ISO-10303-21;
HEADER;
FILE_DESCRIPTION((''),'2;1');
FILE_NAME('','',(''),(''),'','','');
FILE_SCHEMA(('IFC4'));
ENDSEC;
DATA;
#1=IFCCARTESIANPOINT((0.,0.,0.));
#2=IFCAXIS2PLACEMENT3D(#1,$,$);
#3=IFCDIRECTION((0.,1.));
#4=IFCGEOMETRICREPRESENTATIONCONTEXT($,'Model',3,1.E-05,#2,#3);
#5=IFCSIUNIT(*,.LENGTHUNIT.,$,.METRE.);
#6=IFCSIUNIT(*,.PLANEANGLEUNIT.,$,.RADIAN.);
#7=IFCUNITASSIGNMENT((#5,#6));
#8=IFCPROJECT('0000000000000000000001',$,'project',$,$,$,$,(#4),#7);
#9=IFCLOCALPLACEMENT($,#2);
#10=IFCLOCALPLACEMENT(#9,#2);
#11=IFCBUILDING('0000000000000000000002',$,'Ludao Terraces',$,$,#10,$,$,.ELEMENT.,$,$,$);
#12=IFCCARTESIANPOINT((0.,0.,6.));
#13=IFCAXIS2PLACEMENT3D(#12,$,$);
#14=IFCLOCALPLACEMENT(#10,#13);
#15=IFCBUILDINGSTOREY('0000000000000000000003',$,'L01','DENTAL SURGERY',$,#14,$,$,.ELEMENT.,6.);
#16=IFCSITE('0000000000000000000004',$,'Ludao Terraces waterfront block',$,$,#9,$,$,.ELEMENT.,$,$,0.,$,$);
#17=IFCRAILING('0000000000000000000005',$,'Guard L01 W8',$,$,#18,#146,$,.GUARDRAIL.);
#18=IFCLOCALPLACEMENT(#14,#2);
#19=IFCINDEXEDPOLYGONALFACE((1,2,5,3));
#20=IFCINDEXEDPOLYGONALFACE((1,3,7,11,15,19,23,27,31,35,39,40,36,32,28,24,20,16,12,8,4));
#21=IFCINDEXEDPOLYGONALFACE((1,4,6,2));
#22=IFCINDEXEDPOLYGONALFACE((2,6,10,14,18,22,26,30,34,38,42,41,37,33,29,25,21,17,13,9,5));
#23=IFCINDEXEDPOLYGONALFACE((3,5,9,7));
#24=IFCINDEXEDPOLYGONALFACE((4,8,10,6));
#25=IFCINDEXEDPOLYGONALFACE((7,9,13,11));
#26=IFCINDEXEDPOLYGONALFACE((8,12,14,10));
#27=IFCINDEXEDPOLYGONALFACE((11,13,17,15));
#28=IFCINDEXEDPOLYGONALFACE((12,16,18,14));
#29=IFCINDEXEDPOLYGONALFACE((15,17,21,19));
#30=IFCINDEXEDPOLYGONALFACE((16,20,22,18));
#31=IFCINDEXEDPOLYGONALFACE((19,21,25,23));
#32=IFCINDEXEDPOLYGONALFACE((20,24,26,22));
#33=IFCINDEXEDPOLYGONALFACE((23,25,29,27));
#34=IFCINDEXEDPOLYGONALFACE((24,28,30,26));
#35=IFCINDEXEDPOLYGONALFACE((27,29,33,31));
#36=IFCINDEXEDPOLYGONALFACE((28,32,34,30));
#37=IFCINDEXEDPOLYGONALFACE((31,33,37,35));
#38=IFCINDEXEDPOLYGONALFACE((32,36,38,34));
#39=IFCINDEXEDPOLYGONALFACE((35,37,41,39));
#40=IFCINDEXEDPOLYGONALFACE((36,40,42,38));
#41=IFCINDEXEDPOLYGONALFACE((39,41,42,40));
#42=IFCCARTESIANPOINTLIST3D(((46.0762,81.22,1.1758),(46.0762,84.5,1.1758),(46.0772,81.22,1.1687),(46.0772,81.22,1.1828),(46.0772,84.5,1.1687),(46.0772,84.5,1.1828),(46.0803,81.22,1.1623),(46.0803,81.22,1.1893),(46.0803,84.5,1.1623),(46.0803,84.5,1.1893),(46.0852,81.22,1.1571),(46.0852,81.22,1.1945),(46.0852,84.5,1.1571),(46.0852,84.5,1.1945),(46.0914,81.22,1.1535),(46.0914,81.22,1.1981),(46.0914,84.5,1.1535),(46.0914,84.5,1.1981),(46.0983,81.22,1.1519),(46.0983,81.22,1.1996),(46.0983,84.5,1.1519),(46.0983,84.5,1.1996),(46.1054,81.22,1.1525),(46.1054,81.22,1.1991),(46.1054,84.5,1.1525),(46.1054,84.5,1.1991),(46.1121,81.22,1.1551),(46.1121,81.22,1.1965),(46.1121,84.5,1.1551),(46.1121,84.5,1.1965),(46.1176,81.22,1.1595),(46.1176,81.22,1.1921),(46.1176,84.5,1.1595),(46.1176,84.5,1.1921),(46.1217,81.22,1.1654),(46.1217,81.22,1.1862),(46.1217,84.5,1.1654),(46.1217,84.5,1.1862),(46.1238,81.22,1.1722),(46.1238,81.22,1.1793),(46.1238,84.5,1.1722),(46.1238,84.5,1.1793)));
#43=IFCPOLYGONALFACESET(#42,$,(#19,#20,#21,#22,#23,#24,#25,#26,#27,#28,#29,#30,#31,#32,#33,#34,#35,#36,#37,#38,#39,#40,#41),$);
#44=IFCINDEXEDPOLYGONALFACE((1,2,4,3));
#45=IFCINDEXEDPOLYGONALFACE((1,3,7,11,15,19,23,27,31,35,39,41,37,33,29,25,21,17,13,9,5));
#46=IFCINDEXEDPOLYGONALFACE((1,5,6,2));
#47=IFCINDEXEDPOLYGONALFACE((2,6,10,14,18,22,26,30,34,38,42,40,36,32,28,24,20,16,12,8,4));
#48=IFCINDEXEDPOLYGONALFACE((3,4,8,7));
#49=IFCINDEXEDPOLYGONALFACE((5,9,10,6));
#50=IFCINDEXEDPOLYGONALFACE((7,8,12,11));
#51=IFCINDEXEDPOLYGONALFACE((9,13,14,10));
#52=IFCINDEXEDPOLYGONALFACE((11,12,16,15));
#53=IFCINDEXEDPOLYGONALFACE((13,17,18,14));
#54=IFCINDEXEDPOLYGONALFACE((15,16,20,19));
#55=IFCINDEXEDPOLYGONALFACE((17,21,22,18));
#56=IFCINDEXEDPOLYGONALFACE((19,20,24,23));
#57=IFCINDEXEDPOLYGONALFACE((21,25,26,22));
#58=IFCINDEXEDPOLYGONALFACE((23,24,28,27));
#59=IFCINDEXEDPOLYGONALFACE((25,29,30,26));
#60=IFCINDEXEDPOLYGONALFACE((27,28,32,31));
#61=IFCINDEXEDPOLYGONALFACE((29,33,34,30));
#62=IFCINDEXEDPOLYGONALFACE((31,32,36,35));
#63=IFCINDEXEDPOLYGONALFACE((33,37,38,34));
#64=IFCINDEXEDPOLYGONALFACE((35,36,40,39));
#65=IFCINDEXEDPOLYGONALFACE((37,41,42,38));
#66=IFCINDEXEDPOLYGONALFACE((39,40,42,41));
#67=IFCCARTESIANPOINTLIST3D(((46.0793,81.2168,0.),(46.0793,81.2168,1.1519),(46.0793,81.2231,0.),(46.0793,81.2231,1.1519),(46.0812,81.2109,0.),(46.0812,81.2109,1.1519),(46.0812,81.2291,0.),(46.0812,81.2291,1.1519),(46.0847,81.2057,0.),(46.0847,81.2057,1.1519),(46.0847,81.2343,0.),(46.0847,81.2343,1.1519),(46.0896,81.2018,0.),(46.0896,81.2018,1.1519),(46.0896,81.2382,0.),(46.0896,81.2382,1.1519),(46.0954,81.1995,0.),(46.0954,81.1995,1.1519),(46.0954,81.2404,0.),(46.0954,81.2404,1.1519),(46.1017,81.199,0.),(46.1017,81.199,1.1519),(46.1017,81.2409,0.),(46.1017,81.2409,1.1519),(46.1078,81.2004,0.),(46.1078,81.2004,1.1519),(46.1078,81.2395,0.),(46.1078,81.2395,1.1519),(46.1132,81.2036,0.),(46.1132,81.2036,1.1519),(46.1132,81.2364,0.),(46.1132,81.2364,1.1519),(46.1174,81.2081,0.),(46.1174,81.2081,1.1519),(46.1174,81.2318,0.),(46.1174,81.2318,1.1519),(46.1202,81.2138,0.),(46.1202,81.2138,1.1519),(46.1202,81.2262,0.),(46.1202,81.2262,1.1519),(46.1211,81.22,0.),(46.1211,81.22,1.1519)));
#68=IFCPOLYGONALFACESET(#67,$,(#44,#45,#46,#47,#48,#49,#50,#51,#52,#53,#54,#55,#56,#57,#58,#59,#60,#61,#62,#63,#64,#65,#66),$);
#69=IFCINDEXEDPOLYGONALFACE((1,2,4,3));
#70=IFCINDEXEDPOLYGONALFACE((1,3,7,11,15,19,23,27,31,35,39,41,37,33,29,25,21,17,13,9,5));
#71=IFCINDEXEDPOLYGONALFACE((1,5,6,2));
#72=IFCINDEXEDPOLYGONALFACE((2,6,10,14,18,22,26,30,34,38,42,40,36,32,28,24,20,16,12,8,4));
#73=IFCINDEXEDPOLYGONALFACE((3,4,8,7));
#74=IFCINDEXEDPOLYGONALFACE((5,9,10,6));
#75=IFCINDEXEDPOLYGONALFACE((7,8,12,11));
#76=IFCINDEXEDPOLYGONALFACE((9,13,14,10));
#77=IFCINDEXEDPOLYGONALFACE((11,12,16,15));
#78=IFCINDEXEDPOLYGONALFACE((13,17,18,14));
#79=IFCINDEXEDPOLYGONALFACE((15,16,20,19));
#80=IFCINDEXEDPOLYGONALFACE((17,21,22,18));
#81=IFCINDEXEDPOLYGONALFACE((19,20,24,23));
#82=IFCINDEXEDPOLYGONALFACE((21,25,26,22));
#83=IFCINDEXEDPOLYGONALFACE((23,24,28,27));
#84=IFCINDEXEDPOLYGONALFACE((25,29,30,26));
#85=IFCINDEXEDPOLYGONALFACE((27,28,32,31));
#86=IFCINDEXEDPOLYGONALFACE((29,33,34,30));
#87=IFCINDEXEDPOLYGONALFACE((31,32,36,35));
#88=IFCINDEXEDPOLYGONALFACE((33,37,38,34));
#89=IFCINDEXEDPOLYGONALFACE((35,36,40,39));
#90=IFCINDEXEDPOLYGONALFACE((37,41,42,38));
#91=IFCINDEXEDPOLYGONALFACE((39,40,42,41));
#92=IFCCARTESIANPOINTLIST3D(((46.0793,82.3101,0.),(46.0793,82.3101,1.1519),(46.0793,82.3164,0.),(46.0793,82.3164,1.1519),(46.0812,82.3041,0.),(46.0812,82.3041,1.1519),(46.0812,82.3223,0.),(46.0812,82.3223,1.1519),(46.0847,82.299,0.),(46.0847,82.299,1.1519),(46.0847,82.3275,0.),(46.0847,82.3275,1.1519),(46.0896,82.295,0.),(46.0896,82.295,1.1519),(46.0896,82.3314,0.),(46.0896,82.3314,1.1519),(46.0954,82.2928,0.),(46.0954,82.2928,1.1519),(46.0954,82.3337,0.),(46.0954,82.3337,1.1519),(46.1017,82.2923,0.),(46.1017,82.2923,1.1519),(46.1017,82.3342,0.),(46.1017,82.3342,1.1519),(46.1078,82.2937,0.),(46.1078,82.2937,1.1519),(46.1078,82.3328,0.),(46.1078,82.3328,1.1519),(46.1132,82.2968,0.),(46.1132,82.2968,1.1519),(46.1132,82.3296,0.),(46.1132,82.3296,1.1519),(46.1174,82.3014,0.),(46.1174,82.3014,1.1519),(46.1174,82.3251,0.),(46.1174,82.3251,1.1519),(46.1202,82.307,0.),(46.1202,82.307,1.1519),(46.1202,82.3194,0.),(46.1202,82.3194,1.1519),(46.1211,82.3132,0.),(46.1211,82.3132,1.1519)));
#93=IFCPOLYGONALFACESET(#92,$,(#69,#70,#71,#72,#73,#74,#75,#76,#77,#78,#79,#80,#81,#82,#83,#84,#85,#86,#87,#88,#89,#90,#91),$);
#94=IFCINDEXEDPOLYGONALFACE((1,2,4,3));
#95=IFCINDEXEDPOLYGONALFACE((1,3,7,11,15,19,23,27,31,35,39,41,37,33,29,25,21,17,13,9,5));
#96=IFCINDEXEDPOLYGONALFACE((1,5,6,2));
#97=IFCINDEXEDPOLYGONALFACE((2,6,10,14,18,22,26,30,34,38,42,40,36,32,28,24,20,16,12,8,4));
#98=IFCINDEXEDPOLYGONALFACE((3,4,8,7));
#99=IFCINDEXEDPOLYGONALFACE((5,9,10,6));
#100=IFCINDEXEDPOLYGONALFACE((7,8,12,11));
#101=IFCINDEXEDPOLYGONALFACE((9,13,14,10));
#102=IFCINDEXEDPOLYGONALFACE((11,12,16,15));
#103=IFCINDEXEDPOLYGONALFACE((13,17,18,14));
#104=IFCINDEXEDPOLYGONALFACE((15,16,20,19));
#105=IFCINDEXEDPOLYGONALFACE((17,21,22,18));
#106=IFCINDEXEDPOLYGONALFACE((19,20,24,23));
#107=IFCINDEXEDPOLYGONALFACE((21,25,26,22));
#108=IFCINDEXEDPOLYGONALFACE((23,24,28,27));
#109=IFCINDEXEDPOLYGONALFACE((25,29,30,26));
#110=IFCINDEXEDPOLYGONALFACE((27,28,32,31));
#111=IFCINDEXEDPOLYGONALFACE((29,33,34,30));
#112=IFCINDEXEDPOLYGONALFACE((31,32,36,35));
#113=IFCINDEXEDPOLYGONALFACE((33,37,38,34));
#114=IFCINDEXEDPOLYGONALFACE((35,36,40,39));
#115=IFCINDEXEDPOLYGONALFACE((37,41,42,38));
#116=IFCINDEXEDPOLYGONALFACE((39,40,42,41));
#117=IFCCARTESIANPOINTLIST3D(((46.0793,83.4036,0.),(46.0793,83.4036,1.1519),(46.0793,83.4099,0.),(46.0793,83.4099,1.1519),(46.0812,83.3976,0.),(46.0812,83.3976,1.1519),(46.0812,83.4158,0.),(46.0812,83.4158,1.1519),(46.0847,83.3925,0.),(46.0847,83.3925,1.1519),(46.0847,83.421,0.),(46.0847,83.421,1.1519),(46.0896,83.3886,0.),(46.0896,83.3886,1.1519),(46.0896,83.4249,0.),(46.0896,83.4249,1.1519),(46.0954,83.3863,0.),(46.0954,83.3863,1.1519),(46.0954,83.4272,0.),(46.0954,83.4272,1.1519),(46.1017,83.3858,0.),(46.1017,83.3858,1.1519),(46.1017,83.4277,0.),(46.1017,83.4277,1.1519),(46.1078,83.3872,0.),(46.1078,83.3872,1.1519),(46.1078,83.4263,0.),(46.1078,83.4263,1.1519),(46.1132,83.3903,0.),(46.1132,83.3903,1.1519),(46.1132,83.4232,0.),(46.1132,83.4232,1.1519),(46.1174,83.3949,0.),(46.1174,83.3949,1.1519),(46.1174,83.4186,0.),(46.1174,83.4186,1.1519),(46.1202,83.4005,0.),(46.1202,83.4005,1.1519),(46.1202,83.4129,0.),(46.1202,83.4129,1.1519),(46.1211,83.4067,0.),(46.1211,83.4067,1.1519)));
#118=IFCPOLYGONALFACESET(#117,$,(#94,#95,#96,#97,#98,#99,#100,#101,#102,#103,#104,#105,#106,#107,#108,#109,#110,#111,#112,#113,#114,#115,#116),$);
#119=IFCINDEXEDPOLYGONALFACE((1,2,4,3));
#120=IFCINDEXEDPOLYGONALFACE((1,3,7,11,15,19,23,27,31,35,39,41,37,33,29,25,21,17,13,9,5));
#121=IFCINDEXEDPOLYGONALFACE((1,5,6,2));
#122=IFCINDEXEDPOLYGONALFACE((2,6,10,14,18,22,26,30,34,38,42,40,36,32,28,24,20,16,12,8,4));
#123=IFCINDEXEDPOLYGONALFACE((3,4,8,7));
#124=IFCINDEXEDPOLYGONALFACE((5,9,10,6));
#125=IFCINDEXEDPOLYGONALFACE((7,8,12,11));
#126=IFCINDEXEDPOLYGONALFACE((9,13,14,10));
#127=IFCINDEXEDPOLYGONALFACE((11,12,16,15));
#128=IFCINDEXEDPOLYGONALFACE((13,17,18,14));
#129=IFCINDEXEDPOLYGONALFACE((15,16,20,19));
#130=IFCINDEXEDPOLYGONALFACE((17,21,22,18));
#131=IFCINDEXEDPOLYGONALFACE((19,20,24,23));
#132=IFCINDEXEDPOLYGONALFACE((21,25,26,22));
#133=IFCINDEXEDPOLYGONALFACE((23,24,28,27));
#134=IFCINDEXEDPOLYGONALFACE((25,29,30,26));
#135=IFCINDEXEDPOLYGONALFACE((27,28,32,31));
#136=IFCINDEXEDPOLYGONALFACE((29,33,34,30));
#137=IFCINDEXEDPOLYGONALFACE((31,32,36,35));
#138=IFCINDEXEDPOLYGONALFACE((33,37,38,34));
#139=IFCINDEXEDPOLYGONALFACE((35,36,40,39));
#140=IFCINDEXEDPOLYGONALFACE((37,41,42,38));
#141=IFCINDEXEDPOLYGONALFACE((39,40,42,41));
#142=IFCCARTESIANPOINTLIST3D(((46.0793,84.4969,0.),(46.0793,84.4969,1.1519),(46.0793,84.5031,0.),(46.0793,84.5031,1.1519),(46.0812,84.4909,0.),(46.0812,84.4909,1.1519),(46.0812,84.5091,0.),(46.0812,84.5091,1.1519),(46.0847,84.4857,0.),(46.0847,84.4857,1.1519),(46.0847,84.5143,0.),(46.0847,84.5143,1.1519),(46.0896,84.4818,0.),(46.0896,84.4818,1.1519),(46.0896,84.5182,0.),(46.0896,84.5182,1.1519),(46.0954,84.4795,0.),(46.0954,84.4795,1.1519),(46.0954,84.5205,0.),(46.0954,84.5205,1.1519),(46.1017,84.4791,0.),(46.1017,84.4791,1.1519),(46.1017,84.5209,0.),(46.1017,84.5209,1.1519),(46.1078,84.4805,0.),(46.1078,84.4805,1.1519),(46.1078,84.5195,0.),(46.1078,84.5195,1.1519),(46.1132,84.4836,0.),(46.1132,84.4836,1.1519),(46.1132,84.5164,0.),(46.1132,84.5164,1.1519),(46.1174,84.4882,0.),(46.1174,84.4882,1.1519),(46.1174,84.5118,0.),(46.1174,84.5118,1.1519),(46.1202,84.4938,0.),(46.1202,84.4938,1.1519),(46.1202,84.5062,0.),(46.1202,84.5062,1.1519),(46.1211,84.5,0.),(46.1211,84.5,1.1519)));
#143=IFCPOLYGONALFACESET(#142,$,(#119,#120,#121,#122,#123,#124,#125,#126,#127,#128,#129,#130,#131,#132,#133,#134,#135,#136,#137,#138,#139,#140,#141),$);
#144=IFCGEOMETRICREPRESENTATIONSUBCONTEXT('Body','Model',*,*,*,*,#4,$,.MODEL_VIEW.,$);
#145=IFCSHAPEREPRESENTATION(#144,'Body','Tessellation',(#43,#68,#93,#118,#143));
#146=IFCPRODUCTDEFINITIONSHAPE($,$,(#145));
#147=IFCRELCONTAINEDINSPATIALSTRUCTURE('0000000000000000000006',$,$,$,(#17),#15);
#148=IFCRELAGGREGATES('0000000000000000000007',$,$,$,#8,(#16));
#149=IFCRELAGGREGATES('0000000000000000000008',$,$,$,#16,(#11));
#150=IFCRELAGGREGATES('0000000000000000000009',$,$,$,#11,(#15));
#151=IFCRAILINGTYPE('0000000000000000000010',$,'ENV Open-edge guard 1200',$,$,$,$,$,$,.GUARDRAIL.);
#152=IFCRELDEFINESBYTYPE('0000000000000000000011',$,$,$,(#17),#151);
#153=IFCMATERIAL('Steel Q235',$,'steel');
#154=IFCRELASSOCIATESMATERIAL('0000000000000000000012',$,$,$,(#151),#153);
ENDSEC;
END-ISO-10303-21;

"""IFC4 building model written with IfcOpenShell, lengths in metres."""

from ifc_helpers import new_model, si_unit, direction, frame, origin, origin_2d, place, context, subcontext, project, spatial, circle, extrude, material, type_object, element, save


model = new_model("IFC4")

# Units and contexts
model_context = context("Model", 3, precision=1e-05, world=origin(), true_north=direction((0.0, 1.0)))
body_context = subcontext(model_context, "Body", "Model", "MODEL_VIEW")
ifc_project = project(units=[si_unit("LENGTHUNIT", "METRE"), si_unit("PLANEANGLEUNIT", "RADIAN")], contexts=[model_context])

# Site, building, storey
site_placement = place(None, origin())
site = spatial("IfcSite", under=ifc_project, at=site_placement, Name="Ludao Terraces waterfront block", CompositionType="ELEMENT", RefElevation=0.0)
building_placement = place(site_placement, origin())
building = spatial("IfcBuilding", under=site, at=building_placement, Name="Ludao Terraces", CompositionType="ELEMENT")
storey_placement = place(building_placement, frame((0.0, 0.0, 6.0)))
storey = spatial("IfcBuildingStorey", under=building, at=storey_placement, Name="L01", Description="DENTAL SURGERY", CompositionType="ELEMENT", Elevation=6.0)

# Shared definitions
ifc_material_1 = material(Name="Steel Q235", Category="steel")

# Railing
railing_type = type_object("IfcRailingType", Name="ENV Open-edge guard 1200", PredefinedType="GUARDRAIL", material=ifc_material_1)
railing_placement = place(storey_placement, frame((46.1001, 81.22, 0.0)))
element("IfcRailing", 1, at=railing_placement, inside=storey, type_object=railing_type, Name="Guard L01 W8", PredefinedType="GUARDRAIL", context=body_context, shape_type="SweptSolid", body=[
    extrude(circle(Radius=0.0239, at=origin_2d()), frame((0.0, 0.0, 1.1758), z_axis=(0.0, 1.0, 0.0), x_axis=(-1.0, 0.0, 0.0)), (0.0, 0.0, 1.0), 3.28),
    extrude(circle(Radius=0.021, at=origin_2d()), origin(), (0.0, 0.0, 1.0), 1.1519),
    extrude(circle(Radius=0.021, at=origin_2d()), frame((0.0, 1.0933, 0.0)), (0.0, 0.0, 1.0), 1.1519),
    extrude(circle(Radius=0.021, at=origin_2d()), frame((0.0, 2.1868, 0.0)), (0.0, 0.0, 1.0), 1.1519),
    extrude(circle(Radius=0.021, at=origin_2d()), frame((0.0, 3.28, 0.0)), (0.0, 0.0, 1.0), 1.1519),
])

save(model, "model.ifc")
